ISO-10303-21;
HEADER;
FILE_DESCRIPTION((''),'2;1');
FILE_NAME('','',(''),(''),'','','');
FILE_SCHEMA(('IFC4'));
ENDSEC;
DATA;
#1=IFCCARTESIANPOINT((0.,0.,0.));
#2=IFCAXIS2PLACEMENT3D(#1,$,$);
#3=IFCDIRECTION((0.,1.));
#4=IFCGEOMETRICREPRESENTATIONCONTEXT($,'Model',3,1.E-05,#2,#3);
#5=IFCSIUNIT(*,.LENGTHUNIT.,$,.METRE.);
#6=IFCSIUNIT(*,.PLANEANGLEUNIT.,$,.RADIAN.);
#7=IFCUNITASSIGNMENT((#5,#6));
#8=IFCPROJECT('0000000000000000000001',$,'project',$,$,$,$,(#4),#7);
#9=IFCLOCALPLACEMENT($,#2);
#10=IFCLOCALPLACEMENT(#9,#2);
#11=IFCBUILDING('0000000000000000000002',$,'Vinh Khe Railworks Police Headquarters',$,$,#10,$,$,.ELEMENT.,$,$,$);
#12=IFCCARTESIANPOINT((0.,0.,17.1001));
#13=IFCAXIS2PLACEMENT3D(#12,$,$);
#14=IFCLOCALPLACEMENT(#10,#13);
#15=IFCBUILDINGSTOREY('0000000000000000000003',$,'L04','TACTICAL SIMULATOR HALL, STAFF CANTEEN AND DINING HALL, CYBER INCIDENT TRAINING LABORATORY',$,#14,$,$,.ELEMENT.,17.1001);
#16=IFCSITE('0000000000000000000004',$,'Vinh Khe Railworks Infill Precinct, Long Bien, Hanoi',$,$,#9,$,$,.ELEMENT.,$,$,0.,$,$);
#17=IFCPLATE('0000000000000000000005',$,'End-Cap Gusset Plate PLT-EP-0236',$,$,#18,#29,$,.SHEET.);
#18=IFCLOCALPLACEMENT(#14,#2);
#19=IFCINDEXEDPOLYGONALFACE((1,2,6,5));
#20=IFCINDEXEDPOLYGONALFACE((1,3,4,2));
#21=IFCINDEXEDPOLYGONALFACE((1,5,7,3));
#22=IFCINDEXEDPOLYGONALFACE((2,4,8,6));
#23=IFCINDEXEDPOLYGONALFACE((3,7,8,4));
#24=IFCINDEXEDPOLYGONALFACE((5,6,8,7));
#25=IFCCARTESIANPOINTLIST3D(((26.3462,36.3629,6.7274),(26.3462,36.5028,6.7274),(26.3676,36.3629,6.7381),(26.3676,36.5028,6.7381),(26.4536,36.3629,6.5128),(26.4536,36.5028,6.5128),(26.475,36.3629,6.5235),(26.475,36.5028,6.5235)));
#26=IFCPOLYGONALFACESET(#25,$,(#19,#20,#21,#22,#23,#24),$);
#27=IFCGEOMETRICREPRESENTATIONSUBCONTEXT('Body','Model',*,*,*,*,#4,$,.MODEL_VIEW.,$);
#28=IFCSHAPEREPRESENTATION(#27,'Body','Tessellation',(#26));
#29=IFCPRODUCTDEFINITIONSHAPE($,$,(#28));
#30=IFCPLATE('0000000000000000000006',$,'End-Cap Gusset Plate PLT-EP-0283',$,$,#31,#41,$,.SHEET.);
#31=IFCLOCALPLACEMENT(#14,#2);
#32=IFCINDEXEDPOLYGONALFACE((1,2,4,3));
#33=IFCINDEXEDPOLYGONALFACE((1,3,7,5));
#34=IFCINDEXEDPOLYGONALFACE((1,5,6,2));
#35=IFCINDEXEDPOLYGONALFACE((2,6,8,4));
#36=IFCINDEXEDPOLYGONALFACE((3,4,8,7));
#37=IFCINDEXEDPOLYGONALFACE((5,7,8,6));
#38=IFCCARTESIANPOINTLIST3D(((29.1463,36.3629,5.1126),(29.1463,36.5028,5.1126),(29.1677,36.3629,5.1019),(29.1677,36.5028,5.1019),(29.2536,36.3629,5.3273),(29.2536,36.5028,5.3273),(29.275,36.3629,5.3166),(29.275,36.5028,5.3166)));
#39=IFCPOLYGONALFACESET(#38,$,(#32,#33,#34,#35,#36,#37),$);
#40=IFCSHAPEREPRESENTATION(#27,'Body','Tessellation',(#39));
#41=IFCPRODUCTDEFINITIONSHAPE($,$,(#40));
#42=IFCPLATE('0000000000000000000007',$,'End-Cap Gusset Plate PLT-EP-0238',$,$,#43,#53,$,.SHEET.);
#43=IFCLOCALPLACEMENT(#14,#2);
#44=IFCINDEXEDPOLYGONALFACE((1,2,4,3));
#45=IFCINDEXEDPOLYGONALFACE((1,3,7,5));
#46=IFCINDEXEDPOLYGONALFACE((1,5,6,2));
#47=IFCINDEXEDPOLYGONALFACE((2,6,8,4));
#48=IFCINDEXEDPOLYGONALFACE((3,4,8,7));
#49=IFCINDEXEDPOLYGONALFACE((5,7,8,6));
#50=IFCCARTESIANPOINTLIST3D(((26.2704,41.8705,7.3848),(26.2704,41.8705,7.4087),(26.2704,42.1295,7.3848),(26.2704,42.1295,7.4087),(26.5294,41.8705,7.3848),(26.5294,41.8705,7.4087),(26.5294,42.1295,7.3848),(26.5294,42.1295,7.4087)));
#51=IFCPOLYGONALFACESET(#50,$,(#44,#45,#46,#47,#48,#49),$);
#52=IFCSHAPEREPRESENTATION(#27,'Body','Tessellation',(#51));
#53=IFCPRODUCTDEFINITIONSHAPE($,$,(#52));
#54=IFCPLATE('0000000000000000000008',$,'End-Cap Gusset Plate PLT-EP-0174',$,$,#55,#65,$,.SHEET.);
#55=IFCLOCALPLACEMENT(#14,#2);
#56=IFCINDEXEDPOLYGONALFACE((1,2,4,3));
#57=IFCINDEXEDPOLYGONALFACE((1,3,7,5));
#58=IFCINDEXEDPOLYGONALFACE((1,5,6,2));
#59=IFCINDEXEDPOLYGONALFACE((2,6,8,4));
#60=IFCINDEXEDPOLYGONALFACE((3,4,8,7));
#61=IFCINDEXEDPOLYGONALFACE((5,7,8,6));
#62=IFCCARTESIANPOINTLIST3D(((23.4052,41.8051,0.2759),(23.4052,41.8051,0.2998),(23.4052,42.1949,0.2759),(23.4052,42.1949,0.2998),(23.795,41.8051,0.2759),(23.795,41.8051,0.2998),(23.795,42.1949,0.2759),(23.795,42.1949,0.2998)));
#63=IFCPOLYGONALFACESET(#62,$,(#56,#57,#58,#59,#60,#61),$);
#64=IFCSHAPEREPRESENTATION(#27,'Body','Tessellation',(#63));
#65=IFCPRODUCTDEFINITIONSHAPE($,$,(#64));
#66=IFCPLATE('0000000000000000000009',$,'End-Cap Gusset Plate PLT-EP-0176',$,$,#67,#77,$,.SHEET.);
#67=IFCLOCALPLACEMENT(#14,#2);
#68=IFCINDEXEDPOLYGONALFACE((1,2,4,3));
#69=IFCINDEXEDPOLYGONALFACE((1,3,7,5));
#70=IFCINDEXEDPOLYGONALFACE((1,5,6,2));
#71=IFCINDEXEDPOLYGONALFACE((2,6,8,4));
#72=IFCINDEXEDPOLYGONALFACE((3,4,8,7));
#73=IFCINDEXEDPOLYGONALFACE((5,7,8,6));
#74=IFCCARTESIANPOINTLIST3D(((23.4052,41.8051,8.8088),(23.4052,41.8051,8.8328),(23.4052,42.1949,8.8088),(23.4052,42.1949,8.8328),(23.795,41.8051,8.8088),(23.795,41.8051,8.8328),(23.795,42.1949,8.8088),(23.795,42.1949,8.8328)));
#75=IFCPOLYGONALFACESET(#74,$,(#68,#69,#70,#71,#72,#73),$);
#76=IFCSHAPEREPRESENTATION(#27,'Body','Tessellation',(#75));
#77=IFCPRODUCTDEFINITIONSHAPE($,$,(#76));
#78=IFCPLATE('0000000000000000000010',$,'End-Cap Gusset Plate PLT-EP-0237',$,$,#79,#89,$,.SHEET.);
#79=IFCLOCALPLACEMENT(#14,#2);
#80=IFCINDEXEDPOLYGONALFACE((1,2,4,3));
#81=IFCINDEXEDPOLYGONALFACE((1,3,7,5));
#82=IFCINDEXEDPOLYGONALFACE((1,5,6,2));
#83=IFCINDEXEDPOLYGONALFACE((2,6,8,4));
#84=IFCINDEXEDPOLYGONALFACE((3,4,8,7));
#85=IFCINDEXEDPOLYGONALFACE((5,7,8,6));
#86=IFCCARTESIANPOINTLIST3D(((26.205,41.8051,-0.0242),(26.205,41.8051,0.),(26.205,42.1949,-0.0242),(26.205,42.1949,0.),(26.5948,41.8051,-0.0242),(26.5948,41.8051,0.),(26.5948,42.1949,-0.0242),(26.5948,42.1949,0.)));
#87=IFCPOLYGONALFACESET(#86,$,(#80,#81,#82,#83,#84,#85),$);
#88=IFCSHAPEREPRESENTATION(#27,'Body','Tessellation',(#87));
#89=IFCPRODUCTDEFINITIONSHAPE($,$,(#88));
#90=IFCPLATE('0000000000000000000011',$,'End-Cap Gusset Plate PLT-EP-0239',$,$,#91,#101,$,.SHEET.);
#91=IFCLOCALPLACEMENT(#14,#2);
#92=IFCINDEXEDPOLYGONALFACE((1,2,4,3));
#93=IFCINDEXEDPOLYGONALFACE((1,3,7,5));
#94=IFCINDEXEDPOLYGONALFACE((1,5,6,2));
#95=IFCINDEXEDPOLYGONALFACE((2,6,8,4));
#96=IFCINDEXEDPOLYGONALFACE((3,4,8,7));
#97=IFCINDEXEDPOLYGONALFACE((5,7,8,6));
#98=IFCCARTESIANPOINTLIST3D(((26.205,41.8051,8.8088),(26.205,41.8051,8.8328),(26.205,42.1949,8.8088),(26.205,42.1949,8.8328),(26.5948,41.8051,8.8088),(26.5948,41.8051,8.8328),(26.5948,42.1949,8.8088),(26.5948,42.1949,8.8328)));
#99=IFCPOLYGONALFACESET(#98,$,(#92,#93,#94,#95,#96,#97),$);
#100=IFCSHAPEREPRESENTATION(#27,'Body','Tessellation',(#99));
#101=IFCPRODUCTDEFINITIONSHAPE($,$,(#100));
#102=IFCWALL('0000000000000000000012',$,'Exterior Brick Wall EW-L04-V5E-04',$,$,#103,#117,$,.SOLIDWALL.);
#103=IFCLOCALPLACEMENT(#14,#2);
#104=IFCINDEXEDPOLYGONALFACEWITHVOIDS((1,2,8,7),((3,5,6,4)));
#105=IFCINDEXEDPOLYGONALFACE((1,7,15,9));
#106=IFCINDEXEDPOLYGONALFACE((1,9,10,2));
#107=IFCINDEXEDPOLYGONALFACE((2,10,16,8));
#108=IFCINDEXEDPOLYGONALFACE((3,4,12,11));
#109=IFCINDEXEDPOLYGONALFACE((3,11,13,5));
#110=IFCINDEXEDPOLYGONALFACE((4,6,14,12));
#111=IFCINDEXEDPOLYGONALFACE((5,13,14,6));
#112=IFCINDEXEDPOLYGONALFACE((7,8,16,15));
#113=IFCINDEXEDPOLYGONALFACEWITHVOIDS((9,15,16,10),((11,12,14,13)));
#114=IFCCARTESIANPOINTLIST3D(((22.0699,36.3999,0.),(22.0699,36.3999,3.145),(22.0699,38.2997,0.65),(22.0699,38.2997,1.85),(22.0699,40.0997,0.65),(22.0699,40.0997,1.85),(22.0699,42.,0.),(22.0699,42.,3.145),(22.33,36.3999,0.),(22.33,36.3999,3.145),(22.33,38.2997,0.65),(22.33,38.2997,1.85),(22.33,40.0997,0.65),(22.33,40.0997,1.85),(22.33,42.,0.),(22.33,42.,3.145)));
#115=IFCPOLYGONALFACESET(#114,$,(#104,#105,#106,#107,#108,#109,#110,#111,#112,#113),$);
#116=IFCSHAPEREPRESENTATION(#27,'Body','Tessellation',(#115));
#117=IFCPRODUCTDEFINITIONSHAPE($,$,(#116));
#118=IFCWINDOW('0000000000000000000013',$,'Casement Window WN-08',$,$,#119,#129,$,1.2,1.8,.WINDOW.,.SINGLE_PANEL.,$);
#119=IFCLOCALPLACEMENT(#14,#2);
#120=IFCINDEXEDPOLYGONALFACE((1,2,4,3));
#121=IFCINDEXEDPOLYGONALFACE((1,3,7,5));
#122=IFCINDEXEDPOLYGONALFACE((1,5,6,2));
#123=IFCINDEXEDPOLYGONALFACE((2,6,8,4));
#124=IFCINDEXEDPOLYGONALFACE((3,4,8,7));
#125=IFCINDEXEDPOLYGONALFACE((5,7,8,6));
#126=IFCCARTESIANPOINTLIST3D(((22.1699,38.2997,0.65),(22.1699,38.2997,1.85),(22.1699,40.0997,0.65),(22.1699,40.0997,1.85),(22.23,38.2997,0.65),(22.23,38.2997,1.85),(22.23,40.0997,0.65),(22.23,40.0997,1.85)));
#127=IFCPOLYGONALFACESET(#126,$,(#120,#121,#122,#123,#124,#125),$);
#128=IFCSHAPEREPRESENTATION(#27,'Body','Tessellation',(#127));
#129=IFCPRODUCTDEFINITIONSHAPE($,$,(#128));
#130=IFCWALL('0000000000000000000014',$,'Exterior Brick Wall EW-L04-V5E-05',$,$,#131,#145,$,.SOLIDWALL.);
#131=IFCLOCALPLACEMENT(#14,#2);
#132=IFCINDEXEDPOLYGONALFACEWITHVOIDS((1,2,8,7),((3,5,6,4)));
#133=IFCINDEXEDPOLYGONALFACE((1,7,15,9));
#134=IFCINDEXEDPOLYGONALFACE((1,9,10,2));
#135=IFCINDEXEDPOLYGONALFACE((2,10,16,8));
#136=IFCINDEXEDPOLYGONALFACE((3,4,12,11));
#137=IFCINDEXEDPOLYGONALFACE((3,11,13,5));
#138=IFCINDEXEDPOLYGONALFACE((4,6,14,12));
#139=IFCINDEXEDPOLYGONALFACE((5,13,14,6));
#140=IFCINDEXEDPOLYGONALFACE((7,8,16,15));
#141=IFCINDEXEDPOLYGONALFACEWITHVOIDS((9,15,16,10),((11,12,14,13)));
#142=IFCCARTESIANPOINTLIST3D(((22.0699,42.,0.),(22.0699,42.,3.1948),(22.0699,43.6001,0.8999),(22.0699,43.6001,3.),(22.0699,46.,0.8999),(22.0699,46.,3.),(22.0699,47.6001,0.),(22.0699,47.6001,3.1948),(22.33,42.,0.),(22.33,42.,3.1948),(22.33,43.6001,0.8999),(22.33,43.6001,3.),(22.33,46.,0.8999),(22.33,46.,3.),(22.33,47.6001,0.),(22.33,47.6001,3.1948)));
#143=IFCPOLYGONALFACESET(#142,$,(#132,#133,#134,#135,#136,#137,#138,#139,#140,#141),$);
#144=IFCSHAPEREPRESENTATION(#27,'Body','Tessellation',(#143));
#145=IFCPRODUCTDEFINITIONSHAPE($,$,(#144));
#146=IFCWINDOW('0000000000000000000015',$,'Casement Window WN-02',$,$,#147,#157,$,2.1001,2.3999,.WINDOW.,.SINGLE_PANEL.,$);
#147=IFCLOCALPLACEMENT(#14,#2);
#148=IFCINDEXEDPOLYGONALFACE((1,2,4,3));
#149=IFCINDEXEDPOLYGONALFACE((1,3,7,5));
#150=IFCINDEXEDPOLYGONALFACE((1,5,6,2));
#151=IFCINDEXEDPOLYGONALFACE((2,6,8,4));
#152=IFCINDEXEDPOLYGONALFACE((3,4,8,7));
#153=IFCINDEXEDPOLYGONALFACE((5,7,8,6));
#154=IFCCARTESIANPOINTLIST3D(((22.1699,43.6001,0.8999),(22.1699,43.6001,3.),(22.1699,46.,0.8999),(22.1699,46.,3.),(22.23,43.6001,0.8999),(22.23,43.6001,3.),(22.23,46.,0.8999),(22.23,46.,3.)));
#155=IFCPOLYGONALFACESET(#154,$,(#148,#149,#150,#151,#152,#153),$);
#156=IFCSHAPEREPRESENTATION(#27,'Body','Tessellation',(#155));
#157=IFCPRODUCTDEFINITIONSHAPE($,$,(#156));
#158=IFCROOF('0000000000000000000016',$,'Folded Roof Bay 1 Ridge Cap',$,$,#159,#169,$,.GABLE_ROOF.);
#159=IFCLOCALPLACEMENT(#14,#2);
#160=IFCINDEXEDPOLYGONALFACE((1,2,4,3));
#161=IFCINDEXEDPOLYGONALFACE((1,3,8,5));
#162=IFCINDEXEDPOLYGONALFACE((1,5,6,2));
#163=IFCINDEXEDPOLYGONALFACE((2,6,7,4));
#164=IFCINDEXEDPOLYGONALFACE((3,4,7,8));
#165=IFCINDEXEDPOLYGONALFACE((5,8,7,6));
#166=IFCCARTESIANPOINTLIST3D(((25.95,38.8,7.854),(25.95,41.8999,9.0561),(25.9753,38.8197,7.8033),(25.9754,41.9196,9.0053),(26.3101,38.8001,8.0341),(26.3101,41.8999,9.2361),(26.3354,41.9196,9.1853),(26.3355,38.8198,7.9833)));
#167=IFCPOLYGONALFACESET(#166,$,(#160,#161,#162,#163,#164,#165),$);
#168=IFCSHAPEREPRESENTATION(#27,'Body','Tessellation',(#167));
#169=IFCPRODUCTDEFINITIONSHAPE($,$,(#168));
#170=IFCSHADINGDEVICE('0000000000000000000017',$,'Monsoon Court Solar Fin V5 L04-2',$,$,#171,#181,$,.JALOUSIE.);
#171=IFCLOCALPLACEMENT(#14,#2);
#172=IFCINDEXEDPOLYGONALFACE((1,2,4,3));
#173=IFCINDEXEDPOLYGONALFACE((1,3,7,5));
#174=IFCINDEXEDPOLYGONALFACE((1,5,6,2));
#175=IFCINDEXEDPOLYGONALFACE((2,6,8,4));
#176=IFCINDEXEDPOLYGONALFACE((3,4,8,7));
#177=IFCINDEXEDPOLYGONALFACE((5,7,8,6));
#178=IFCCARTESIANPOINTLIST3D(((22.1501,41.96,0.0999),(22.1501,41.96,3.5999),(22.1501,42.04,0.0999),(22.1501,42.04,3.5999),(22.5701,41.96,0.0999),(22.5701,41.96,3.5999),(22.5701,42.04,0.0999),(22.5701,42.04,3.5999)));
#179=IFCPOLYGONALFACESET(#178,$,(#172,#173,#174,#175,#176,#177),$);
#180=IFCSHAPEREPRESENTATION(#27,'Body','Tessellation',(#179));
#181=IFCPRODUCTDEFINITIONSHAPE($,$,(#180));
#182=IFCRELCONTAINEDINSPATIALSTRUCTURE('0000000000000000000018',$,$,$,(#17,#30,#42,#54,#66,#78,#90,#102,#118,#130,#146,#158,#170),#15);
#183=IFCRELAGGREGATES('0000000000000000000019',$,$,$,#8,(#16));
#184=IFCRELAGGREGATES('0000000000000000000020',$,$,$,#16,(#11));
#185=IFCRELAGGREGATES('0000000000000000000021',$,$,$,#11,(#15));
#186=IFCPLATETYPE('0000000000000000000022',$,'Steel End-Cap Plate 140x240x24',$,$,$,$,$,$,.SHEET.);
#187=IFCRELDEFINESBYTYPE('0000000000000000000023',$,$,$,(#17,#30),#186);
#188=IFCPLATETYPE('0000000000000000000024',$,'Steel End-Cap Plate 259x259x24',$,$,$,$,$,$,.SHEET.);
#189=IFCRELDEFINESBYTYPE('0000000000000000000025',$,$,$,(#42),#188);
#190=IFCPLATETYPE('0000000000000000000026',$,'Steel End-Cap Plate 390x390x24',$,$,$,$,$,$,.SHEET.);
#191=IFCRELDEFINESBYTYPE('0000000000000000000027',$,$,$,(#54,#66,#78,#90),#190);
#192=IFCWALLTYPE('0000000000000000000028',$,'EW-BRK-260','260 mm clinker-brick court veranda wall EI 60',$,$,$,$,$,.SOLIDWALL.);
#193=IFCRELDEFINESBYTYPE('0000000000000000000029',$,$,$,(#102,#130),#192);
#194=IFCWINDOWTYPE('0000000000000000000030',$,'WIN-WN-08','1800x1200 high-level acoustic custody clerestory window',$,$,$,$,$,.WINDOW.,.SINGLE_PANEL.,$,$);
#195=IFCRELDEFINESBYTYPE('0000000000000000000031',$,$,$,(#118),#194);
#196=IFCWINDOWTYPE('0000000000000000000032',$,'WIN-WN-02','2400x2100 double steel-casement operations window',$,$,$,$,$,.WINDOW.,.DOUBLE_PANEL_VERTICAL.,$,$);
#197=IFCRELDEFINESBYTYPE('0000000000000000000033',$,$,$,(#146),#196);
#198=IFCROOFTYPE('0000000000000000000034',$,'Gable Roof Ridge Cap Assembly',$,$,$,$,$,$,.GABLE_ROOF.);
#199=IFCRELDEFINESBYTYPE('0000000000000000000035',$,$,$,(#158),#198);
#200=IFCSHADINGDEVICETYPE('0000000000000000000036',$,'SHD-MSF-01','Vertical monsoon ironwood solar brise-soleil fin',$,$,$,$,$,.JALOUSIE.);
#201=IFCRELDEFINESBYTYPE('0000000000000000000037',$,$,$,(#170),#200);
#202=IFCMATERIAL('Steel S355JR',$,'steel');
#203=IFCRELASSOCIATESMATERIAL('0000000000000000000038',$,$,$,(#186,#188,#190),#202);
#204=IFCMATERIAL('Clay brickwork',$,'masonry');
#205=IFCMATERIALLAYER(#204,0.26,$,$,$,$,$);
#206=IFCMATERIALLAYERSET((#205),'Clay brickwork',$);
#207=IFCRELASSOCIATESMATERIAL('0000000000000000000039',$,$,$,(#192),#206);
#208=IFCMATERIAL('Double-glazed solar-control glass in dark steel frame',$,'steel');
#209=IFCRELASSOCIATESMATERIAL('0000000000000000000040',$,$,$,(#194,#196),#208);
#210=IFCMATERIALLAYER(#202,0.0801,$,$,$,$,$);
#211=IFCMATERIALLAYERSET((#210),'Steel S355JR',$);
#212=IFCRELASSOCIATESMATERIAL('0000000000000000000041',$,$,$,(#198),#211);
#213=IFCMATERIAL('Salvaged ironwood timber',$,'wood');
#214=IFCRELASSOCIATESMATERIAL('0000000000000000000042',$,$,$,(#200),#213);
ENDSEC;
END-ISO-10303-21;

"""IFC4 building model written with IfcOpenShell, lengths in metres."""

from ifc_helpers import new_model, si_unit, direction, frame, frame_2d, origin, origin_2d, place, context, subcontext, project, spatial, polyline, rectangle, outline, extrude, material, layer, layer_set, material_profile, profile_set, type_object, element, fill, save


model = new_model("IFC4")

# Units and contexts
model_context = context("Model", 3, precision=1e-05, world=origin(), true_north=direction((0.0, 1.0)))
body_context = subcontext(model_context, "Body", "Model", "MODEL_VIEW")
ifc_project = project(units=[si_unit("LENGTHUNIT", "METRE"), si_unit("PLANEANGLEUNIT", "RADIAN")], contexts=[model_context])

# Site, building, storey
site_placement = place(None, origin())
site = spatial("IfcSite", under=ifc_project, at=site_placement, Name="Vinh Khe Railworks Infill Precinct, Long Bien, Hanoi", CompositionType="ELEMENT", RefElevation=0.0)
building_placement = place(site_placement, origin())
building = spatial("IfcBuilding", under=site, at=building_placement, Name="Vinh Khe Railworks Police Headquarters", CompositionType="ELEMENT")
storey_placement = place(building_placement, frame((0.0, 0.0, 17.1001)))
storey = spatial("IfcBuildingStorey", under=building, at=storey_placement, Name="L04", Description="TACTICAL SIMULATOR HALL, STAFF CANTEEN AND DINING HALL, CYBER INCIDENT TRAINING LABORATORY", CompositionType="ELEMENT", Elevation=17.1001)

# Shared definitions
ifc_material_1 = material(Name="Steel S355JR", Category="steel")

# Plates
ifc_material_profile_1 = material_profile(ifc_material_1, rectangle(XDim=0.1399, YDim=0.24, at=origin_2d()), Name="PL 140x240")
ifc_profile_set_1 = profile_set([ifc_material_profile_1], Name="Steel S355JR")
plate_type_1 = type_object("IfcPlateType", Name="Steel End-Cap Plate 140x240x24", PredefinedType="SHEET", material=ifc_profile_set_1)
for number, where, z_axis, x_axis, name in (
    (1, (26.3999, 36.4329, 6.6201), (0.894427, 0.0, 0.447214), (0.0, 1.0, 0.0), "End-Cap Gusset Plate PLT-EP-0236"),
    (2, (29.2, 36.4329, 5.22), (0.894427, 0.0, -0.447214), (0.0, 1.0, 0.0), "End-Cap Gusset Plate PLT-EP-0283"),
):
    element("IfcPlate", number, at=place(storey_placement, frame(where, z_axis=z_axis, x_axis=x_axis)), inside=storey, type_object=plate_type_1, Name=name, PredefinedType="SHEET", context=body_context, shape_type="SweptSolid", body=[
        extrude(rectangle(XDim=0.1399, YDim=0.24, at=origin_2d()), origin(), (0.0, 0.0, 1.0), 0.0239),
    ])
ifc_material_profile_2 = material_profile(ifc_material_1, rectangle(XDim=0.259, YDim=0.259, at=origin_2d()), Name="PL 259x259")
ifc_profile_set_2 = profile_set([ifc_material_profile_2], Name="Steel S355JR")
plate_type_2 = type_object("IfcPlateType", Name="Steel End-Cap Plate 259x259x24", PredefinedType="SHEET", material=ifc_profile_set_2)
plate_1_placement = place(storey_placement, frame((26.3999, 42.0, 7.4087), z_axis=(0.0, 0.0, -1.0), x_axis=(1.0, 0.0, 0.0)))
element("IfcPlate", 3, at=plate_1_placement, inside=storey, type_object=plate_type_2, Name="End-Cap Gusset Plate PLT-EP-0238", PredefinedType="SHEET", context=body_context, shape_type="SweptSolid", body=[
    extrude(rectangle(XDim=0.259, YDim=0.259, at=origin_2d()), origin(), (0.0, 0.0, 1.0), 0.0239),
])
ifc_material_profile_3 = material_profile(ifc_material_1, rectangle(XDim=0.3899, YDim=0.3899, at=origin_2d()), Name="PL 390x390")
ifc_profile_set_3 = profile_set([ifc_material_profile_3], Name="Steel S355JR")
plate_type_3 = type_object("IfcPlateType", Name="Steel End-Cap Plate 390x390x24", PredefinedType="SHEET", material=ifc_profile_set_3)
for number, where, z_axis, x_axis, name in (
    (4, (23.6001, 42.0, 0.2998), (0.0, 0.0, -1.0), (1.0, 0.0, 0.0), "End-Cap Gusset Plate PLT-EP-0174"),
    (5, (23.6001, 42.0, 8.8088), (0.0, 0.0, 1.0), (1.0, 0.0, 0.0), "End-Cap Gusset Plate PLT-EP-0176"),
):
    element("IfcPlate", number, at=place(storey_placement, frame(where, z_axis=z_axis, x_axis=x_axis)), inside=storey, type_object=plate_type_3, Name=name, PredefinedType="SHEET", context=body_context, shape_type="SweptSolid", body=[
        extrude(rectangle(XDim=0.3899, YDim=0.3899, at=origin_2d()), origin(), (0.0, 0.0, 1.0), 0.0239),
    ])
plate_2_placement = place(storey_placement, frame((26.3999, 42.0, 0.0), z_axis=(0.0, 0.0, -1.0), x_axis=(1.0, 0.0, 0.0)))
element("IfcPlate", 6, at=plate_2_placement, inside=storey, type_object=plate_type_3, Name="End-Cap Gusset Plate PLT-EP-0237", PredefinedType="SHEET", context=body_context, shape_type="SweptSolid", body=[
    extrude(rectangle(XDim=0.3899, YDim=0.3899, at=origin_2d()), origin(), (0.0, 0.0, 1.0), 0.0242),
])
plate_3_placement = place(storey_placement, frame((26.3999, 42.0, 8.8088), z_axis=(0.0, 0.0, 1.0), x_axis=(1.0, 0.0, 0.0)))
element("IfcPlate", 7, at=plate_3_placement, inside=storey, type_object=plate_type_3, Name="End-Cap Gusset Plate PLT-EP-0239", PredefinedType="SHEET", context=body_context, shape_type="SweptSolid", body=[
    extrude(rectangle(XDim=0.3899, YDim=0.3899, at=origin_2d()), origin(), (0.0, 0.0, 1.0), 0.0239),
])

# Walls, openings, windows
ifc_material_2 = material(Name="Clay brickwork", Category="masonry")
ifc_layer_1 = layer(ifc_material_2, 0.26)
ifc_layer_set_1 = layer_set([ifc_layer_1], Name="Clay brickwork")
wall_type = type_object("IfcWallType", Name="EW-BRK-260", Description="260 mm clinker-brick court veranda wall EI 60", PredefinedType="SOLIDWALL", material=ifc_layer_set_1)
wall_1_placement = place(storey_placement, frame((22.2, 36.3999, 0.0), z_axis=(0.0, 0.0, 1.0), x_axis=(0.0, 1.0, 0.0)))
wall_1 = element("IfcWall", 8, at=wall_1_placement, inside=storey, type_object=wall_type, Name="Exterior Brick Wall EW-L04-V5E-04", PredefinedType="SOLIDWALL", context=body_context, shape_type="SweptSolid", body=[
    extrude(rectangle(XDim=5.6001, YDim=0.26, at=frame_2d((2.8, 0.0))), origin(), (0.0, 0.0, 1.0), 3.145),
])
opening_1_placement = place(wall_1_placement, frame((1.8999, 0.0, 0.6499)))
opening_1 = element("IfcOpeningElement", 9, at=opening_1_placement, cuts=wall_1, PredefinedType="OPENING", context=body_context, shape_type="SweptSolid", body=[
    extrude(rectangle(XDim=1.8, YDim=1.2, at=frame_2d((0.8999, 0.6001))), frame((0.0, 0.145, 0.0), z_axis=(0.0, -1.0, 0.0), x_axis=(1.0, 0.0, 0.0)), (0.0, 0.0, 1.0), 0.2898),
])
ifc_material_3 = material(Name="Double-glazed solar-control glass in dark steel frame", Category="steel")
window_type_1 = type_object("IfcWindowType", Name="WIN-WN-08", Description="1800x1200 high-level acoustic custody clerestory window", PartitioningType="SINGLE_PANEL", PredefinedType="WINDOW", material=ifc_material_3)
window_1_placement = place(opening_1_placement, origin())
window_1 = element("IfcWindow", 10, at=window_1_placement, inside=storey, type_object=window_type_1, Name="Casement Window WN-08", OverallHeight=1.2, OverallWidth=1.8, PartitioningType="SINGLE_PANEL", PredefinedType="WINDOW", context=body_context, shape_type="SweptSolid", body=[
    extrude(rectangle(XDim=1.8, YDim=1.2, at=frame_2d((0.8999, 0.6001))), frame((0.0, 0.03, 0.0), z_axis=(0.0, -1.0, 0.0), x_axis=(1.0, 0.0, 0.0)), (0.0, 0.0, 1.0), 0.0601),
])
fill(opening_1, window_1)
wall_2_placement = place(storey_placement, frame((22.2, 42.0, 0.0), z_axis=(0.0, 0.0, 1.0), x_axis=(0.0, 1.0, 0.0)))
wall_2 = element("IfcWall", 11, at=wall_2_placement, inside=storey, type_object=wall_type, Name="Exterior Brick Wall EW-L04-V5E-05", PredefinedType="SOLIDWALL", context=body_context, shape_type="SweptSolid", body=[
    extrude(rectangle(XDim=5.6001, YDim=0.26, at=frame_2d((2.8, 0.0))), origin(), (0.0, 0.0, 1.0), 3.1948),
])
opening_2_placement = place(wall_2_placement, frame((1.6001, 0.0, 0.8999)))
opening_2 = element("IfcOpeningElement", 12, at=opening_2_placement, cuts=wall_2, PredefinedType="OPENING", context=body_context, shape_type="SweptSolid", body=[
    extrude(rectangle(XDim=2.3999, YDim=2.1001, at=frame_2d((1.2, 1.05))), frame((0.0, 0.145, 0.0), z_axis=(0.0, -1.0, 0.0), x_axis=(1.0, 0.0, 0.0)), (0.0, 0.0, 1.0), 0.2898),
])
window_type_2 = type_object("IfcWindowType", Name="WIN-WN-02", Description="2400x2100 double steel-casement operations window", PartitioningType="DOUBLE_PANEL_VERTICAL", PredefinedType="WINDOW", material=ifc_material_3)
window_2_placement = place(opening_2_placement, origin())
window_2 = element("IfcWindow", 13, at=window_2_placement, inside=storey, type_object=window_type_2, Name="Casement Window WN-02", OverallHeight=2.1001, OverallWidth=2.3999, PartitioningType="SINGLE_PANEL", PredefinedType="WINDOW", context=body_context, shape_type="SweptSolid", body=[
    extrude(rectangle(XDim=2.3999, YDim=2.1001, at=frame_2d((1.2, 1.05))), frame((0.0, 0.03, 0.0), z_axis=(0.0, -1.0, 0.0), x_axis=(1.0, 0.0, 0.0)), (0.0, 0.0, 1.0), 0.0601),
])
fill(opening_2, window_2)

# Roof
ifc_layer_2 = layer(ifc_material_1, 0.0801)
ifc_layer_set_2 = layer_set([ifc_layer_2], Name="Steel S355JR")
roof_type = type_object("IfcRoofType", Name="Gable Roof Ridge Cap Assembly", PredefinedType="GABLE_ROOF", material=ifc_layer_set_2)
roof_placement = place(storey_placement, frame((25.95, 38.8, 7.854), z_axis=(-0.422522, -0.327682, 0.845044), x_axis=(0.894414, 0.000084, 0.44724)))
element("IfcRoof", 14, at=roof_placement, inside=storey, type_object=roof_type, Name="Folded Roof Bay 1 Ridge Cap", PredefinedType="GABLE_ROOF", context=body_context, shape_type="SweptSolid", body=[
    extrude(outline(polyline([(0.0, 0.0), (0.4027, 0.0), (0.9405, 3.2809), (0.5379, 3.281), (0.0, 0.0)])), origin(), (0.0, 0.0, -1.0), 0.0601),
])

# Shading device
ifc_material_4 = material(Name="Salvaged ironwood timber", Category="wood")
shading_device_type = type_object("IfcShadingDeviceType", Name="SHD-MSF-01", Description="Vertical monsoon ironwood solar brise-soleil fin", PredefinedType="JALOUSIE", material=ifc_material_4)
shading_device_placement = place(storey_placement, frame((22.3601, 42.0, 0.0999), z_axis=(0.0, 0.0, 1.0), x_axis=(1.0, 0.0, 0.0)))
element("IfcShadingDevice", 15, at=shading_device_placement, inside=storey, type_object=shading_device_type, Name="Monsoon Court Solar Fin V5 L04-2", PredefinedType="JALOUSIE", context=body_context, shape_type="SweptSolid", body=[
    extrude(rectangle(XDim=0.4199, YDim=0.0801, at=origin_2d()), origin(), (0.0, 0.0, 1.0), 3.5),
])

save(model, "model.ifc")
